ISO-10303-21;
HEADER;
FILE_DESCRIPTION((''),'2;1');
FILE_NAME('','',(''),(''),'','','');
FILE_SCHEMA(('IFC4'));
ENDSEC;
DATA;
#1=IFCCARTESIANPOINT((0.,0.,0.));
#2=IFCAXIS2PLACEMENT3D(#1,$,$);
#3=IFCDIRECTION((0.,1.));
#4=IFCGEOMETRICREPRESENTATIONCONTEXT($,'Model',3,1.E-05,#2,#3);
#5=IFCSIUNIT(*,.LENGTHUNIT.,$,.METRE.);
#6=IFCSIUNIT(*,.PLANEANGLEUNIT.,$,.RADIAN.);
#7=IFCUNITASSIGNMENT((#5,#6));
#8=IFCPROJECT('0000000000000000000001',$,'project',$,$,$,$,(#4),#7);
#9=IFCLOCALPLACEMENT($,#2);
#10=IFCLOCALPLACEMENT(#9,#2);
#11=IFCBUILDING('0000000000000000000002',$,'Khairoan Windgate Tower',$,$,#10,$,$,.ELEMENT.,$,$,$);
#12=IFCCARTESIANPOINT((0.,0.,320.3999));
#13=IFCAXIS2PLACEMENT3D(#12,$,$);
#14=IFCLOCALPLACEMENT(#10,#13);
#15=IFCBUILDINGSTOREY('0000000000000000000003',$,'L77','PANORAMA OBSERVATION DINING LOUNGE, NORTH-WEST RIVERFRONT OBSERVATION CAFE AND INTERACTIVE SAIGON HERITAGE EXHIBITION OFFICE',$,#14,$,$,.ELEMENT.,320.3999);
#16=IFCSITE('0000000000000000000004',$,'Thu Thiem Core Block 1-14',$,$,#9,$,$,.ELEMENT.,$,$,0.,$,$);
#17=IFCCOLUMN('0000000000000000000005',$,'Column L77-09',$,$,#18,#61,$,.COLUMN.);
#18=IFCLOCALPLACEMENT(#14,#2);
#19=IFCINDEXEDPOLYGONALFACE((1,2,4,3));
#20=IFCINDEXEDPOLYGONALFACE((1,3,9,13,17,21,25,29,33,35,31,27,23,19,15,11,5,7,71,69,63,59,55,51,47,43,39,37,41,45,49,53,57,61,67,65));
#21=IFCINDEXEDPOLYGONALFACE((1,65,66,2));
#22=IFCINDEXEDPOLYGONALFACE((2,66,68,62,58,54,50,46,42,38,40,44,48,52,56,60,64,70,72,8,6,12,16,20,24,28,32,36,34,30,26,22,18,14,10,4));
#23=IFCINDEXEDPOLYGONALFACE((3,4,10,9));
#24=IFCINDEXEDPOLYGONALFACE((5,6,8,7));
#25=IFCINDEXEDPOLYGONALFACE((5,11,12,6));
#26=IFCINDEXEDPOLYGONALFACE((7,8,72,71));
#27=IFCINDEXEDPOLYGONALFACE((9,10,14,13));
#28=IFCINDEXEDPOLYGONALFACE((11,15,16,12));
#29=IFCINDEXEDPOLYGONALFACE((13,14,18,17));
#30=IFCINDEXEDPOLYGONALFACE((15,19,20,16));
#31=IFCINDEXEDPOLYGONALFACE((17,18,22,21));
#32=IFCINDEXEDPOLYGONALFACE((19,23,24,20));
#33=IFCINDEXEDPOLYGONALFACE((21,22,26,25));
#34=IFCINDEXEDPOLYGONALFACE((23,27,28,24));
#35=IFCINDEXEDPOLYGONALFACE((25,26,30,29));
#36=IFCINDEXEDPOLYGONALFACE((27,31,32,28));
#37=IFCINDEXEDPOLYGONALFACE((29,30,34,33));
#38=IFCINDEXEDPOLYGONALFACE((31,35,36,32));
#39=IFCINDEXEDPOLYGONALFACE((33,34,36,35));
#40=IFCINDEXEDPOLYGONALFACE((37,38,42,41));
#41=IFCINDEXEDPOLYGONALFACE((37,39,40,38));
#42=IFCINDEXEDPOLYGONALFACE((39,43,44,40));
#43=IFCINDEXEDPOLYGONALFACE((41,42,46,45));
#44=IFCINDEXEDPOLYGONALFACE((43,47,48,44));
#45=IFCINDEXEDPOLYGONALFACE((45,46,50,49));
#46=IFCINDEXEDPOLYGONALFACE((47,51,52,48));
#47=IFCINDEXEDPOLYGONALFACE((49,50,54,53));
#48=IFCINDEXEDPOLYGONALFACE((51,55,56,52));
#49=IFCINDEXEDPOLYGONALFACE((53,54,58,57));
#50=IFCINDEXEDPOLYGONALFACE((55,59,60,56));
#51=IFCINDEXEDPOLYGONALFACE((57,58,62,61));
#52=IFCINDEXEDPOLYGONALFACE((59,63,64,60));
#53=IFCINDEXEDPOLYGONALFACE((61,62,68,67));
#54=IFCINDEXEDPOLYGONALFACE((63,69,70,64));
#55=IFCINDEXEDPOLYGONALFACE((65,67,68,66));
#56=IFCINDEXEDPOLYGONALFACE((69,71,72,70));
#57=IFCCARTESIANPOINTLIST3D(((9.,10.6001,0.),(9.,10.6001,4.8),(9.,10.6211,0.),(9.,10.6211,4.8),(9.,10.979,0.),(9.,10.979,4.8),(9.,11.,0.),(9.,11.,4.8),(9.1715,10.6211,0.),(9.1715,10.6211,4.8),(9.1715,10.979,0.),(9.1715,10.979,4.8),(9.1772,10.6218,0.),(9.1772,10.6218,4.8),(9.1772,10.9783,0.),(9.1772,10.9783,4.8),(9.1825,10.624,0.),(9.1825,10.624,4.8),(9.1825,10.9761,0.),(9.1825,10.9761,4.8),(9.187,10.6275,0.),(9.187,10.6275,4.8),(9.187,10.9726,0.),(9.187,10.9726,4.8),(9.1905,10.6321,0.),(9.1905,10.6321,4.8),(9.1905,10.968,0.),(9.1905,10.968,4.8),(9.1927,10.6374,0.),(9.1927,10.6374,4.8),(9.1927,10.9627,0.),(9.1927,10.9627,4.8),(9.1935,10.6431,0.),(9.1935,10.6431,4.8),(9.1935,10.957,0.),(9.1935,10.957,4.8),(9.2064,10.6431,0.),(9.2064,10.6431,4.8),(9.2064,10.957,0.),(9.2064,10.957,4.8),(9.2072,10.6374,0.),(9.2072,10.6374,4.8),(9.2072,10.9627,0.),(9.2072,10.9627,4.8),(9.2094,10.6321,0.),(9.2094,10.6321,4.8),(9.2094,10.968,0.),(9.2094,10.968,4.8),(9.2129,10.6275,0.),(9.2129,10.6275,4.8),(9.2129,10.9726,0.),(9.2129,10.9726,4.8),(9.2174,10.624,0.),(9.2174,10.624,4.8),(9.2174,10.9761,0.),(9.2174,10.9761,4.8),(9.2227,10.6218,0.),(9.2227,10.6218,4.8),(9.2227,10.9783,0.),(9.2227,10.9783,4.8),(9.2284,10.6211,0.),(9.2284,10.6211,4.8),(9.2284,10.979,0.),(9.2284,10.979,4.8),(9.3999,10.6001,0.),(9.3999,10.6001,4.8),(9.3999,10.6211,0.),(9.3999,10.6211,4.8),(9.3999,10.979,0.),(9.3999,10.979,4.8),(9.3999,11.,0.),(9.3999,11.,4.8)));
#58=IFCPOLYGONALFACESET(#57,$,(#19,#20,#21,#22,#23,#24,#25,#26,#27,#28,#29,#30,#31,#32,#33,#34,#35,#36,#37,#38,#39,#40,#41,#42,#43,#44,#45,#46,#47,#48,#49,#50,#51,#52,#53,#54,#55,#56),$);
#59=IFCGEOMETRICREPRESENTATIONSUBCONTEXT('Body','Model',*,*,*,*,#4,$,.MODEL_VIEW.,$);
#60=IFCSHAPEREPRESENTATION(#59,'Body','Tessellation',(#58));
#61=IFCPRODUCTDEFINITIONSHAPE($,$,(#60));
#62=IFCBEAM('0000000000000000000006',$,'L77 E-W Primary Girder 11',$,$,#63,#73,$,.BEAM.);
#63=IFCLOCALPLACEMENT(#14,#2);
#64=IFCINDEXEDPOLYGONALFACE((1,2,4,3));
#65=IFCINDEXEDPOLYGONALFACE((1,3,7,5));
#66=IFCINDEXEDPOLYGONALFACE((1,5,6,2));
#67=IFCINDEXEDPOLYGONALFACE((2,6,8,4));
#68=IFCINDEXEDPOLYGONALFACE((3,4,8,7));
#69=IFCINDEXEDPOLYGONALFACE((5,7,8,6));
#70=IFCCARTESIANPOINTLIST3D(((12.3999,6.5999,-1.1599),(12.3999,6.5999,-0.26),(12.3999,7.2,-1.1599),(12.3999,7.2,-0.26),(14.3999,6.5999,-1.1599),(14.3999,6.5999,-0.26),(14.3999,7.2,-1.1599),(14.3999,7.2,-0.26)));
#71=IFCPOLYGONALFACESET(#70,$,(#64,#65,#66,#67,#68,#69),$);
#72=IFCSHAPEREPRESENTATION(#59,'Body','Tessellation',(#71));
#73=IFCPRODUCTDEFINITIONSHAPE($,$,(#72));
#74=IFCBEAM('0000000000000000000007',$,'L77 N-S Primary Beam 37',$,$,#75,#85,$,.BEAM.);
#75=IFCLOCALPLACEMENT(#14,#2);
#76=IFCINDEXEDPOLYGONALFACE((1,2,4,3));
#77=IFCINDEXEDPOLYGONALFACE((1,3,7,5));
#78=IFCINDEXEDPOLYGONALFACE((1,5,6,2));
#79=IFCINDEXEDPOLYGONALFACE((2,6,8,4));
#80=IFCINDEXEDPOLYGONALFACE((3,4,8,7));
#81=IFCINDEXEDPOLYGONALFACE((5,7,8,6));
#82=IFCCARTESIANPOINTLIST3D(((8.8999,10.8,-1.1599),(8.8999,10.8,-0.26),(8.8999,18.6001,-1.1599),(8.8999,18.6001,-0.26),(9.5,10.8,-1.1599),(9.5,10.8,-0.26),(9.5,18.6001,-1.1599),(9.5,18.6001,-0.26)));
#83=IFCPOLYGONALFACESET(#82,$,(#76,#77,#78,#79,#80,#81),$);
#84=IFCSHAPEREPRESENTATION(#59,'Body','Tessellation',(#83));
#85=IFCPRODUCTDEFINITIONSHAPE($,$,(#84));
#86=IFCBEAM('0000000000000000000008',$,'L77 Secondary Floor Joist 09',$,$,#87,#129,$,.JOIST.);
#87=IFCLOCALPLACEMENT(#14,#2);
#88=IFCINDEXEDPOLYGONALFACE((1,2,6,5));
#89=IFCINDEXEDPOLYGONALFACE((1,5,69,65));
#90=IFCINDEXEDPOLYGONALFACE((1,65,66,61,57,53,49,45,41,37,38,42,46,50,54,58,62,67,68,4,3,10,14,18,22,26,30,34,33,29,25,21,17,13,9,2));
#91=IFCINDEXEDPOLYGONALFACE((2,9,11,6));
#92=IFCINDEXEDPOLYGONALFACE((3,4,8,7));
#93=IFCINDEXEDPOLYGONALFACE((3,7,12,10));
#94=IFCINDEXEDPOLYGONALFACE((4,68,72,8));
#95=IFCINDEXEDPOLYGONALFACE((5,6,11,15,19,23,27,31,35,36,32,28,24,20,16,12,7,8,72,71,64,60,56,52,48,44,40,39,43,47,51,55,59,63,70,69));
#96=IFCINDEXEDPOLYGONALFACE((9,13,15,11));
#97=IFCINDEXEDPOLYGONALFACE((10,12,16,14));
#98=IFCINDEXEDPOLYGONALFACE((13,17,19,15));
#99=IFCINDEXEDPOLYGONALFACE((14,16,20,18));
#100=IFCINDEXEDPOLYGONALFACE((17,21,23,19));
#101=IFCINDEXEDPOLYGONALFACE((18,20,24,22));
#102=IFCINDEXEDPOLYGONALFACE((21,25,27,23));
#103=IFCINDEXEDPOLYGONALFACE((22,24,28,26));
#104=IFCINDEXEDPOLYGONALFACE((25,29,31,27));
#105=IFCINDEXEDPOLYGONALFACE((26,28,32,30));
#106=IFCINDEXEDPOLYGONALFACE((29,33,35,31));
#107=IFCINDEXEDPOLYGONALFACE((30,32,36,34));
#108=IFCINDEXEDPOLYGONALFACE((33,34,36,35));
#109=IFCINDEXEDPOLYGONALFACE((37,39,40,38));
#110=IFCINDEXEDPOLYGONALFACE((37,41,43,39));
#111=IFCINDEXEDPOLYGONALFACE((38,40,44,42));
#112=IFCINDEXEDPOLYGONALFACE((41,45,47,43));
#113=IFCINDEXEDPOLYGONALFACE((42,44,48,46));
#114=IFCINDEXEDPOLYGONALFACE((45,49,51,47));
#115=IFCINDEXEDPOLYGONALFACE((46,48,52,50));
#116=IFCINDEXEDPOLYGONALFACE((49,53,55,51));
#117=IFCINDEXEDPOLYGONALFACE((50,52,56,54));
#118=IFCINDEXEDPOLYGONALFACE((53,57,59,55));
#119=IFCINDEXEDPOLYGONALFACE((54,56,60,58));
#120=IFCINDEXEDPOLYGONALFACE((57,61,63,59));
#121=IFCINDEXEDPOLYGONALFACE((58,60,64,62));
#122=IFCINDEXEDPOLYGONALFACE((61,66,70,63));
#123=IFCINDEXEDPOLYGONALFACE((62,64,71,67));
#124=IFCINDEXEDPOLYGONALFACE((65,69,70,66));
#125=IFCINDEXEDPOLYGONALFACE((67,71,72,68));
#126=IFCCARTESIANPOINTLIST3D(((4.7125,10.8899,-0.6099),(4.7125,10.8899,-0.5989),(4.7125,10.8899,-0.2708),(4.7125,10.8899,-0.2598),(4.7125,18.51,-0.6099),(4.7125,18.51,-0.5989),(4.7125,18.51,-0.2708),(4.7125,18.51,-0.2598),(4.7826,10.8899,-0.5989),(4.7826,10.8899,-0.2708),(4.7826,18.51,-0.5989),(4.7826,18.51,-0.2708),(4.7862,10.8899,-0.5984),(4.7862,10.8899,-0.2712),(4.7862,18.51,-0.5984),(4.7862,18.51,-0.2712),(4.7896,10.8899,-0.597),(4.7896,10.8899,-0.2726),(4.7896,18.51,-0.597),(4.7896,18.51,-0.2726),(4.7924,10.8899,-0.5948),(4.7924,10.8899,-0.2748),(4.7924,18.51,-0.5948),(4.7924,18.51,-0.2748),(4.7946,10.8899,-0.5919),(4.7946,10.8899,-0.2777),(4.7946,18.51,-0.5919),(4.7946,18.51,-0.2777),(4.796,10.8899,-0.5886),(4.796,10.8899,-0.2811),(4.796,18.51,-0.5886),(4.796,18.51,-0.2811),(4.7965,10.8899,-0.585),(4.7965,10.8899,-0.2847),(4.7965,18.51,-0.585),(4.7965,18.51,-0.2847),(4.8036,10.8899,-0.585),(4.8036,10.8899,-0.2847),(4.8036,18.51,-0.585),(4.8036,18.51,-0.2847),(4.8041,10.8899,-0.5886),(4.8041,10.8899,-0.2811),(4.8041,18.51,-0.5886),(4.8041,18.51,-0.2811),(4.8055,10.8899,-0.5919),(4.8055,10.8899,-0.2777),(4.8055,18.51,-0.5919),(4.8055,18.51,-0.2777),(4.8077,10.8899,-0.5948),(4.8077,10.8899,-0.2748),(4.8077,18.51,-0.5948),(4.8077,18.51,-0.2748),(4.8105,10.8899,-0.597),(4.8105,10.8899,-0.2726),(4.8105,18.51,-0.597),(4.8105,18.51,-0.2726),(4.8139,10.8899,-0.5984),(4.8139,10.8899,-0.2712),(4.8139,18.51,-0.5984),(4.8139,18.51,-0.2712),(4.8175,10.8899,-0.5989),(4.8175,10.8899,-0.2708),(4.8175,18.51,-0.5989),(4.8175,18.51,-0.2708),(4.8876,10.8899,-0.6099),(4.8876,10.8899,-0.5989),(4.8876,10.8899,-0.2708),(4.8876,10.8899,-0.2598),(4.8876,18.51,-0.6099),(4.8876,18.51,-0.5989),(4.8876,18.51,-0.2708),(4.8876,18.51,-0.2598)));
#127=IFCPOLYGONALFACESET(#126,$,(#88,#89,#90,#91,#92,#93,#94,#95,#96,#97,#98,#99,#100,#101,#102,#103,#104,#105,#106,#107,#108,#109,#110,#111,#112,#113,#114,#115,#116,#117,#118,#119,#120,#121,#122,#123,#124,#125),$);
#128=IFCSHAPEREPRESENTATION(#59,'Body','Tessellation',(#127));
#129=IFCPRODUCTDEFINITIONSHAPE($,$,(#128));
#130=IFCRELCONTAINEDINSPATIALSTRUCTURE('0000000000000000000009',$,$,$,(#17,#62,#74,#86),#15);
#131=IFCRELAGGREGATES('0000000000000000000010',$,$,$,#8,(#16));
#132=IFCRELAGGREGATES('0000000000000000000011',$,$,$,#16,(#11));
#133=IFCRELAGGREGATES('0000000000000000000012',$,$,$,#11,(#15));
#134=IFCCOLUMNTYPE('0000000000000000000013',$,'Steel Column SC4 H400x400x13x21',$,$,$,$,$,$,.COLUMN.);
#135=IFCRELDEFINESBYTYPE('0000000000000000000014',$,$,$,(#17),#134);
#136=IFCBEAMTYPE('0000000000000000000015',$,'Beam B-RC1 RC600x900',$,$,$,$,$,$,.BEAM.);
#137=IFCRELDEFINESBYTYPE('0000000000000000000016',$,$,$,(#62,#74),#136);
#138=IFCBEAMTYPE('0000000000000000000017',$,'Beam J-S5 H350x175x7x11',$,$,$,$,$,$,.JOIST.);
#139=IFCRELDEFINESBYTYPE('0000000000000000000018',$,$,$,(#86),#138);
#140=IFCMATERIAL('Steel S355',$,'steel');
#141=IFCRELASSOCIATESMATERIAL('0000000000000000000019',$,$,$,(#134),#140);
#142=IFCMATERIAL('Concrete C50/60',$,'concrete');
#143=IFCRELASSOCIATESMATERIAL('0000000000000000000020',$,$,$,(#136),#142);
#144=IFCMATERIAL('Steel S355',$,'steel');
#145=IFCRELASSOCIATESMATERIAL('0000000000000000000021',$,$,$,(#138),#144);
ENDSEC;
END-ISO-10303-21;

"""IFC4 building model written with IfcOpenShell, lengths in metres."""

from ifc_helpers import new_model, si_unit, direction, frame, origin, origin_2d, place, context, subcontext, project, spatial, rectangle, i_section, extrude, material, material_profile, profile_set, type_object, element, save


model = new_model("IFC4")

# Units and contexts
model_context = context("Model", 3, precision=1e-05, world=origin(), true_north=direction((0.0, 1.0)))
body_context = subcontext(model_context, "Body", "Model", "MODEL_VIEW")
ifc_project = project(units=[si_unit("LENGTHUNIT", "METRE"), si_unit("PLANEANGLEUNIT", "RADIAN")], contexts=[model_context])

# Site, building, storey
site_placement = place(None, origin())
site = spatial("IfcSite", under=ifc_project, at=site_placement, Name="Thu Thiem Core Block 1-14", CompositionType="ELEMENT", RefElevation=0.0)
building_placement = place(site_placement, origin())
building = spatial("IfcBuilding", under=site, at=building_placement, Name="Khairoan Windgate Tower", CompositionType="ELEMENT")
storey_placement = place(building_placement, frame((0.0, 0.0, 320.3999)))
storey = spatial("IfcBuildingStorey", under=building, at=storey_placement, Name="L77", Description="PANORAMA OBSERVATION DINING LOUNGE, NORTH-WEST RIVERFRONT OBSERVATION CAFE AND INTERACTIVE SAIGON HERITAGE EXHIBITION OFFICE", CompositionType="ELEMENT", Elevation=320.3999)

# Column
ifc_material_1 = material(Name="Steel S355", Category="steel")
ifc_material_profile_1 = material_profile(ifc_material_1, i_section(OverallWidth=0.3999, OverallDepth=0.3999, WebThickness=0.0129, FlangeThickness=0.021, FilletRadius=0.022, at=origin_2d()))
ifc_profile_set_1 = profile_set([ifc_material_profile_1], Name="Steel S355")
column_type = type_object("IfcColumnType", Name="Steel Column SC4 H400x400x13x21", PredefinedType="COLUMN", material=ifc_profile_set_1)
column_placement = place(storey_placement, frame((9.2, 10.8, 0.0), z_axis=(0.0, 0.0, 1.0), x_axis=(1.0, 0.0, 0.0)))
element("IfcColumn", 1, at=column_placement, inside=storey, type_object=column_type, Name="Column L77-09", PredefinedType="COLUMN", context=body_context, shape_type="SweptSolid", body=[
    extrude(i_section(OverallWidth=0.3999, OverallDepth=0.3999, WebThickness=0.0129, FlangeThickness=0.021, FilletRadius=0.022, at=origin_2d()), origin(), (0.0, 0.0, 1.0), 4.8),
])

# Beams
ifc_material_2 = material(Name="Concrete C50/60", Category="concrete")
ifc_material_profile_2 = material_profile(ifc_material_2, rectangle(XDim=0.6001, YDim=0.8999, at=origin_2d()))
ifc_profile_set_2 = profile_set([ifc_material_profile_2], Name="Concrete C50/60")
beam_type_1 = type_object("IfcBeamType", Name="Beam B-RC1 RC600x900", PredefinedType="BEAM", material=ifc_profile_set_2)
beam_1_placement = place(storey_placement, frame((12.3999, 6.8999, -0.71), z_axis=(1.0, 0.0, 0.0), x_axis=(0.0, 1.0, 0.0)))
element("IfcBeam", 2, at=beam_1_placement, inside=storey, type_object=beam_type_1, Name="L77 E-W Primary Girder 11", PredefinedType="BEAM", context=body_context, shape_type="SweptSolid", body=[
    extrude(rectangle(XDim=0.6001, YDim=0.8999, at=origin_2d()), origin(), (0.0, 0.0, 1.0), 2.0),
])
beam_2_placement = place(storey_placement, frame((9.2, 10.8, -0.71), z_axis=(0.0, 1.0, 0.0), x_axis=(-1.0, 0.0, 0.0)))
element("IfcBeam", 3, at=beam_2_placement, inside=storey, type_object=beam_type_1, Name="L77 N-S Primary Beam 37", PredefinedType="BEAM", context=body_context, shape_type="SweptSolid", body=[
    extrude(rectangle(XDim=0.6001, YDim=0.8999, at=origin_2d()), origin(), (0.0, 0.0, 1.0), 7.8),
])
ifc_material_3 = material(Name="Steel S355", Category="steel")
ifc_material_profile_3 = material_profile(ifc_material_3, i_section(OverallWidth=0.175, OverallDepth=0.3501, WebThickness=0.0071, FlangeThickness=0.011, FilletRadius=0.0139, at=origin_2d()))
ifc_profile_set_3 = profile_set([ifc_material_profile_3], Name="Steel S355")
beam_type_2 = type_object("IfcBeamType", Name="Beam J-S5 H350x175x7x11", PredefinedType="JOIST", material=ifc_profile_set_3)
beam_3_placement = place(storey_placement, frame((4.8, 10.8899, -0.4348), z_axis=(0.0, 1.0, 0.0), x_axis=(-1.0, 0.0, 0.0)))
element("IfcBeam", 4, at=beam_3_placement, inside=storey, type_object=beam_type_2, Name="L77 Secondary Floor Joist 09", PredefinedType="JOIST", context=body_context, shape_type="SweptSolid", body=[
    extrude(i_section(OverallWidth=0.175, OverallDepth=0.3501, WebThickness=0.0071, FlangeThickness=0.011, FilletRadius=0.0139, at=origin_2d()), origin(), (0.0, 0.0, 1.0), 7.6201),
])

save(model, "model.ifc")
